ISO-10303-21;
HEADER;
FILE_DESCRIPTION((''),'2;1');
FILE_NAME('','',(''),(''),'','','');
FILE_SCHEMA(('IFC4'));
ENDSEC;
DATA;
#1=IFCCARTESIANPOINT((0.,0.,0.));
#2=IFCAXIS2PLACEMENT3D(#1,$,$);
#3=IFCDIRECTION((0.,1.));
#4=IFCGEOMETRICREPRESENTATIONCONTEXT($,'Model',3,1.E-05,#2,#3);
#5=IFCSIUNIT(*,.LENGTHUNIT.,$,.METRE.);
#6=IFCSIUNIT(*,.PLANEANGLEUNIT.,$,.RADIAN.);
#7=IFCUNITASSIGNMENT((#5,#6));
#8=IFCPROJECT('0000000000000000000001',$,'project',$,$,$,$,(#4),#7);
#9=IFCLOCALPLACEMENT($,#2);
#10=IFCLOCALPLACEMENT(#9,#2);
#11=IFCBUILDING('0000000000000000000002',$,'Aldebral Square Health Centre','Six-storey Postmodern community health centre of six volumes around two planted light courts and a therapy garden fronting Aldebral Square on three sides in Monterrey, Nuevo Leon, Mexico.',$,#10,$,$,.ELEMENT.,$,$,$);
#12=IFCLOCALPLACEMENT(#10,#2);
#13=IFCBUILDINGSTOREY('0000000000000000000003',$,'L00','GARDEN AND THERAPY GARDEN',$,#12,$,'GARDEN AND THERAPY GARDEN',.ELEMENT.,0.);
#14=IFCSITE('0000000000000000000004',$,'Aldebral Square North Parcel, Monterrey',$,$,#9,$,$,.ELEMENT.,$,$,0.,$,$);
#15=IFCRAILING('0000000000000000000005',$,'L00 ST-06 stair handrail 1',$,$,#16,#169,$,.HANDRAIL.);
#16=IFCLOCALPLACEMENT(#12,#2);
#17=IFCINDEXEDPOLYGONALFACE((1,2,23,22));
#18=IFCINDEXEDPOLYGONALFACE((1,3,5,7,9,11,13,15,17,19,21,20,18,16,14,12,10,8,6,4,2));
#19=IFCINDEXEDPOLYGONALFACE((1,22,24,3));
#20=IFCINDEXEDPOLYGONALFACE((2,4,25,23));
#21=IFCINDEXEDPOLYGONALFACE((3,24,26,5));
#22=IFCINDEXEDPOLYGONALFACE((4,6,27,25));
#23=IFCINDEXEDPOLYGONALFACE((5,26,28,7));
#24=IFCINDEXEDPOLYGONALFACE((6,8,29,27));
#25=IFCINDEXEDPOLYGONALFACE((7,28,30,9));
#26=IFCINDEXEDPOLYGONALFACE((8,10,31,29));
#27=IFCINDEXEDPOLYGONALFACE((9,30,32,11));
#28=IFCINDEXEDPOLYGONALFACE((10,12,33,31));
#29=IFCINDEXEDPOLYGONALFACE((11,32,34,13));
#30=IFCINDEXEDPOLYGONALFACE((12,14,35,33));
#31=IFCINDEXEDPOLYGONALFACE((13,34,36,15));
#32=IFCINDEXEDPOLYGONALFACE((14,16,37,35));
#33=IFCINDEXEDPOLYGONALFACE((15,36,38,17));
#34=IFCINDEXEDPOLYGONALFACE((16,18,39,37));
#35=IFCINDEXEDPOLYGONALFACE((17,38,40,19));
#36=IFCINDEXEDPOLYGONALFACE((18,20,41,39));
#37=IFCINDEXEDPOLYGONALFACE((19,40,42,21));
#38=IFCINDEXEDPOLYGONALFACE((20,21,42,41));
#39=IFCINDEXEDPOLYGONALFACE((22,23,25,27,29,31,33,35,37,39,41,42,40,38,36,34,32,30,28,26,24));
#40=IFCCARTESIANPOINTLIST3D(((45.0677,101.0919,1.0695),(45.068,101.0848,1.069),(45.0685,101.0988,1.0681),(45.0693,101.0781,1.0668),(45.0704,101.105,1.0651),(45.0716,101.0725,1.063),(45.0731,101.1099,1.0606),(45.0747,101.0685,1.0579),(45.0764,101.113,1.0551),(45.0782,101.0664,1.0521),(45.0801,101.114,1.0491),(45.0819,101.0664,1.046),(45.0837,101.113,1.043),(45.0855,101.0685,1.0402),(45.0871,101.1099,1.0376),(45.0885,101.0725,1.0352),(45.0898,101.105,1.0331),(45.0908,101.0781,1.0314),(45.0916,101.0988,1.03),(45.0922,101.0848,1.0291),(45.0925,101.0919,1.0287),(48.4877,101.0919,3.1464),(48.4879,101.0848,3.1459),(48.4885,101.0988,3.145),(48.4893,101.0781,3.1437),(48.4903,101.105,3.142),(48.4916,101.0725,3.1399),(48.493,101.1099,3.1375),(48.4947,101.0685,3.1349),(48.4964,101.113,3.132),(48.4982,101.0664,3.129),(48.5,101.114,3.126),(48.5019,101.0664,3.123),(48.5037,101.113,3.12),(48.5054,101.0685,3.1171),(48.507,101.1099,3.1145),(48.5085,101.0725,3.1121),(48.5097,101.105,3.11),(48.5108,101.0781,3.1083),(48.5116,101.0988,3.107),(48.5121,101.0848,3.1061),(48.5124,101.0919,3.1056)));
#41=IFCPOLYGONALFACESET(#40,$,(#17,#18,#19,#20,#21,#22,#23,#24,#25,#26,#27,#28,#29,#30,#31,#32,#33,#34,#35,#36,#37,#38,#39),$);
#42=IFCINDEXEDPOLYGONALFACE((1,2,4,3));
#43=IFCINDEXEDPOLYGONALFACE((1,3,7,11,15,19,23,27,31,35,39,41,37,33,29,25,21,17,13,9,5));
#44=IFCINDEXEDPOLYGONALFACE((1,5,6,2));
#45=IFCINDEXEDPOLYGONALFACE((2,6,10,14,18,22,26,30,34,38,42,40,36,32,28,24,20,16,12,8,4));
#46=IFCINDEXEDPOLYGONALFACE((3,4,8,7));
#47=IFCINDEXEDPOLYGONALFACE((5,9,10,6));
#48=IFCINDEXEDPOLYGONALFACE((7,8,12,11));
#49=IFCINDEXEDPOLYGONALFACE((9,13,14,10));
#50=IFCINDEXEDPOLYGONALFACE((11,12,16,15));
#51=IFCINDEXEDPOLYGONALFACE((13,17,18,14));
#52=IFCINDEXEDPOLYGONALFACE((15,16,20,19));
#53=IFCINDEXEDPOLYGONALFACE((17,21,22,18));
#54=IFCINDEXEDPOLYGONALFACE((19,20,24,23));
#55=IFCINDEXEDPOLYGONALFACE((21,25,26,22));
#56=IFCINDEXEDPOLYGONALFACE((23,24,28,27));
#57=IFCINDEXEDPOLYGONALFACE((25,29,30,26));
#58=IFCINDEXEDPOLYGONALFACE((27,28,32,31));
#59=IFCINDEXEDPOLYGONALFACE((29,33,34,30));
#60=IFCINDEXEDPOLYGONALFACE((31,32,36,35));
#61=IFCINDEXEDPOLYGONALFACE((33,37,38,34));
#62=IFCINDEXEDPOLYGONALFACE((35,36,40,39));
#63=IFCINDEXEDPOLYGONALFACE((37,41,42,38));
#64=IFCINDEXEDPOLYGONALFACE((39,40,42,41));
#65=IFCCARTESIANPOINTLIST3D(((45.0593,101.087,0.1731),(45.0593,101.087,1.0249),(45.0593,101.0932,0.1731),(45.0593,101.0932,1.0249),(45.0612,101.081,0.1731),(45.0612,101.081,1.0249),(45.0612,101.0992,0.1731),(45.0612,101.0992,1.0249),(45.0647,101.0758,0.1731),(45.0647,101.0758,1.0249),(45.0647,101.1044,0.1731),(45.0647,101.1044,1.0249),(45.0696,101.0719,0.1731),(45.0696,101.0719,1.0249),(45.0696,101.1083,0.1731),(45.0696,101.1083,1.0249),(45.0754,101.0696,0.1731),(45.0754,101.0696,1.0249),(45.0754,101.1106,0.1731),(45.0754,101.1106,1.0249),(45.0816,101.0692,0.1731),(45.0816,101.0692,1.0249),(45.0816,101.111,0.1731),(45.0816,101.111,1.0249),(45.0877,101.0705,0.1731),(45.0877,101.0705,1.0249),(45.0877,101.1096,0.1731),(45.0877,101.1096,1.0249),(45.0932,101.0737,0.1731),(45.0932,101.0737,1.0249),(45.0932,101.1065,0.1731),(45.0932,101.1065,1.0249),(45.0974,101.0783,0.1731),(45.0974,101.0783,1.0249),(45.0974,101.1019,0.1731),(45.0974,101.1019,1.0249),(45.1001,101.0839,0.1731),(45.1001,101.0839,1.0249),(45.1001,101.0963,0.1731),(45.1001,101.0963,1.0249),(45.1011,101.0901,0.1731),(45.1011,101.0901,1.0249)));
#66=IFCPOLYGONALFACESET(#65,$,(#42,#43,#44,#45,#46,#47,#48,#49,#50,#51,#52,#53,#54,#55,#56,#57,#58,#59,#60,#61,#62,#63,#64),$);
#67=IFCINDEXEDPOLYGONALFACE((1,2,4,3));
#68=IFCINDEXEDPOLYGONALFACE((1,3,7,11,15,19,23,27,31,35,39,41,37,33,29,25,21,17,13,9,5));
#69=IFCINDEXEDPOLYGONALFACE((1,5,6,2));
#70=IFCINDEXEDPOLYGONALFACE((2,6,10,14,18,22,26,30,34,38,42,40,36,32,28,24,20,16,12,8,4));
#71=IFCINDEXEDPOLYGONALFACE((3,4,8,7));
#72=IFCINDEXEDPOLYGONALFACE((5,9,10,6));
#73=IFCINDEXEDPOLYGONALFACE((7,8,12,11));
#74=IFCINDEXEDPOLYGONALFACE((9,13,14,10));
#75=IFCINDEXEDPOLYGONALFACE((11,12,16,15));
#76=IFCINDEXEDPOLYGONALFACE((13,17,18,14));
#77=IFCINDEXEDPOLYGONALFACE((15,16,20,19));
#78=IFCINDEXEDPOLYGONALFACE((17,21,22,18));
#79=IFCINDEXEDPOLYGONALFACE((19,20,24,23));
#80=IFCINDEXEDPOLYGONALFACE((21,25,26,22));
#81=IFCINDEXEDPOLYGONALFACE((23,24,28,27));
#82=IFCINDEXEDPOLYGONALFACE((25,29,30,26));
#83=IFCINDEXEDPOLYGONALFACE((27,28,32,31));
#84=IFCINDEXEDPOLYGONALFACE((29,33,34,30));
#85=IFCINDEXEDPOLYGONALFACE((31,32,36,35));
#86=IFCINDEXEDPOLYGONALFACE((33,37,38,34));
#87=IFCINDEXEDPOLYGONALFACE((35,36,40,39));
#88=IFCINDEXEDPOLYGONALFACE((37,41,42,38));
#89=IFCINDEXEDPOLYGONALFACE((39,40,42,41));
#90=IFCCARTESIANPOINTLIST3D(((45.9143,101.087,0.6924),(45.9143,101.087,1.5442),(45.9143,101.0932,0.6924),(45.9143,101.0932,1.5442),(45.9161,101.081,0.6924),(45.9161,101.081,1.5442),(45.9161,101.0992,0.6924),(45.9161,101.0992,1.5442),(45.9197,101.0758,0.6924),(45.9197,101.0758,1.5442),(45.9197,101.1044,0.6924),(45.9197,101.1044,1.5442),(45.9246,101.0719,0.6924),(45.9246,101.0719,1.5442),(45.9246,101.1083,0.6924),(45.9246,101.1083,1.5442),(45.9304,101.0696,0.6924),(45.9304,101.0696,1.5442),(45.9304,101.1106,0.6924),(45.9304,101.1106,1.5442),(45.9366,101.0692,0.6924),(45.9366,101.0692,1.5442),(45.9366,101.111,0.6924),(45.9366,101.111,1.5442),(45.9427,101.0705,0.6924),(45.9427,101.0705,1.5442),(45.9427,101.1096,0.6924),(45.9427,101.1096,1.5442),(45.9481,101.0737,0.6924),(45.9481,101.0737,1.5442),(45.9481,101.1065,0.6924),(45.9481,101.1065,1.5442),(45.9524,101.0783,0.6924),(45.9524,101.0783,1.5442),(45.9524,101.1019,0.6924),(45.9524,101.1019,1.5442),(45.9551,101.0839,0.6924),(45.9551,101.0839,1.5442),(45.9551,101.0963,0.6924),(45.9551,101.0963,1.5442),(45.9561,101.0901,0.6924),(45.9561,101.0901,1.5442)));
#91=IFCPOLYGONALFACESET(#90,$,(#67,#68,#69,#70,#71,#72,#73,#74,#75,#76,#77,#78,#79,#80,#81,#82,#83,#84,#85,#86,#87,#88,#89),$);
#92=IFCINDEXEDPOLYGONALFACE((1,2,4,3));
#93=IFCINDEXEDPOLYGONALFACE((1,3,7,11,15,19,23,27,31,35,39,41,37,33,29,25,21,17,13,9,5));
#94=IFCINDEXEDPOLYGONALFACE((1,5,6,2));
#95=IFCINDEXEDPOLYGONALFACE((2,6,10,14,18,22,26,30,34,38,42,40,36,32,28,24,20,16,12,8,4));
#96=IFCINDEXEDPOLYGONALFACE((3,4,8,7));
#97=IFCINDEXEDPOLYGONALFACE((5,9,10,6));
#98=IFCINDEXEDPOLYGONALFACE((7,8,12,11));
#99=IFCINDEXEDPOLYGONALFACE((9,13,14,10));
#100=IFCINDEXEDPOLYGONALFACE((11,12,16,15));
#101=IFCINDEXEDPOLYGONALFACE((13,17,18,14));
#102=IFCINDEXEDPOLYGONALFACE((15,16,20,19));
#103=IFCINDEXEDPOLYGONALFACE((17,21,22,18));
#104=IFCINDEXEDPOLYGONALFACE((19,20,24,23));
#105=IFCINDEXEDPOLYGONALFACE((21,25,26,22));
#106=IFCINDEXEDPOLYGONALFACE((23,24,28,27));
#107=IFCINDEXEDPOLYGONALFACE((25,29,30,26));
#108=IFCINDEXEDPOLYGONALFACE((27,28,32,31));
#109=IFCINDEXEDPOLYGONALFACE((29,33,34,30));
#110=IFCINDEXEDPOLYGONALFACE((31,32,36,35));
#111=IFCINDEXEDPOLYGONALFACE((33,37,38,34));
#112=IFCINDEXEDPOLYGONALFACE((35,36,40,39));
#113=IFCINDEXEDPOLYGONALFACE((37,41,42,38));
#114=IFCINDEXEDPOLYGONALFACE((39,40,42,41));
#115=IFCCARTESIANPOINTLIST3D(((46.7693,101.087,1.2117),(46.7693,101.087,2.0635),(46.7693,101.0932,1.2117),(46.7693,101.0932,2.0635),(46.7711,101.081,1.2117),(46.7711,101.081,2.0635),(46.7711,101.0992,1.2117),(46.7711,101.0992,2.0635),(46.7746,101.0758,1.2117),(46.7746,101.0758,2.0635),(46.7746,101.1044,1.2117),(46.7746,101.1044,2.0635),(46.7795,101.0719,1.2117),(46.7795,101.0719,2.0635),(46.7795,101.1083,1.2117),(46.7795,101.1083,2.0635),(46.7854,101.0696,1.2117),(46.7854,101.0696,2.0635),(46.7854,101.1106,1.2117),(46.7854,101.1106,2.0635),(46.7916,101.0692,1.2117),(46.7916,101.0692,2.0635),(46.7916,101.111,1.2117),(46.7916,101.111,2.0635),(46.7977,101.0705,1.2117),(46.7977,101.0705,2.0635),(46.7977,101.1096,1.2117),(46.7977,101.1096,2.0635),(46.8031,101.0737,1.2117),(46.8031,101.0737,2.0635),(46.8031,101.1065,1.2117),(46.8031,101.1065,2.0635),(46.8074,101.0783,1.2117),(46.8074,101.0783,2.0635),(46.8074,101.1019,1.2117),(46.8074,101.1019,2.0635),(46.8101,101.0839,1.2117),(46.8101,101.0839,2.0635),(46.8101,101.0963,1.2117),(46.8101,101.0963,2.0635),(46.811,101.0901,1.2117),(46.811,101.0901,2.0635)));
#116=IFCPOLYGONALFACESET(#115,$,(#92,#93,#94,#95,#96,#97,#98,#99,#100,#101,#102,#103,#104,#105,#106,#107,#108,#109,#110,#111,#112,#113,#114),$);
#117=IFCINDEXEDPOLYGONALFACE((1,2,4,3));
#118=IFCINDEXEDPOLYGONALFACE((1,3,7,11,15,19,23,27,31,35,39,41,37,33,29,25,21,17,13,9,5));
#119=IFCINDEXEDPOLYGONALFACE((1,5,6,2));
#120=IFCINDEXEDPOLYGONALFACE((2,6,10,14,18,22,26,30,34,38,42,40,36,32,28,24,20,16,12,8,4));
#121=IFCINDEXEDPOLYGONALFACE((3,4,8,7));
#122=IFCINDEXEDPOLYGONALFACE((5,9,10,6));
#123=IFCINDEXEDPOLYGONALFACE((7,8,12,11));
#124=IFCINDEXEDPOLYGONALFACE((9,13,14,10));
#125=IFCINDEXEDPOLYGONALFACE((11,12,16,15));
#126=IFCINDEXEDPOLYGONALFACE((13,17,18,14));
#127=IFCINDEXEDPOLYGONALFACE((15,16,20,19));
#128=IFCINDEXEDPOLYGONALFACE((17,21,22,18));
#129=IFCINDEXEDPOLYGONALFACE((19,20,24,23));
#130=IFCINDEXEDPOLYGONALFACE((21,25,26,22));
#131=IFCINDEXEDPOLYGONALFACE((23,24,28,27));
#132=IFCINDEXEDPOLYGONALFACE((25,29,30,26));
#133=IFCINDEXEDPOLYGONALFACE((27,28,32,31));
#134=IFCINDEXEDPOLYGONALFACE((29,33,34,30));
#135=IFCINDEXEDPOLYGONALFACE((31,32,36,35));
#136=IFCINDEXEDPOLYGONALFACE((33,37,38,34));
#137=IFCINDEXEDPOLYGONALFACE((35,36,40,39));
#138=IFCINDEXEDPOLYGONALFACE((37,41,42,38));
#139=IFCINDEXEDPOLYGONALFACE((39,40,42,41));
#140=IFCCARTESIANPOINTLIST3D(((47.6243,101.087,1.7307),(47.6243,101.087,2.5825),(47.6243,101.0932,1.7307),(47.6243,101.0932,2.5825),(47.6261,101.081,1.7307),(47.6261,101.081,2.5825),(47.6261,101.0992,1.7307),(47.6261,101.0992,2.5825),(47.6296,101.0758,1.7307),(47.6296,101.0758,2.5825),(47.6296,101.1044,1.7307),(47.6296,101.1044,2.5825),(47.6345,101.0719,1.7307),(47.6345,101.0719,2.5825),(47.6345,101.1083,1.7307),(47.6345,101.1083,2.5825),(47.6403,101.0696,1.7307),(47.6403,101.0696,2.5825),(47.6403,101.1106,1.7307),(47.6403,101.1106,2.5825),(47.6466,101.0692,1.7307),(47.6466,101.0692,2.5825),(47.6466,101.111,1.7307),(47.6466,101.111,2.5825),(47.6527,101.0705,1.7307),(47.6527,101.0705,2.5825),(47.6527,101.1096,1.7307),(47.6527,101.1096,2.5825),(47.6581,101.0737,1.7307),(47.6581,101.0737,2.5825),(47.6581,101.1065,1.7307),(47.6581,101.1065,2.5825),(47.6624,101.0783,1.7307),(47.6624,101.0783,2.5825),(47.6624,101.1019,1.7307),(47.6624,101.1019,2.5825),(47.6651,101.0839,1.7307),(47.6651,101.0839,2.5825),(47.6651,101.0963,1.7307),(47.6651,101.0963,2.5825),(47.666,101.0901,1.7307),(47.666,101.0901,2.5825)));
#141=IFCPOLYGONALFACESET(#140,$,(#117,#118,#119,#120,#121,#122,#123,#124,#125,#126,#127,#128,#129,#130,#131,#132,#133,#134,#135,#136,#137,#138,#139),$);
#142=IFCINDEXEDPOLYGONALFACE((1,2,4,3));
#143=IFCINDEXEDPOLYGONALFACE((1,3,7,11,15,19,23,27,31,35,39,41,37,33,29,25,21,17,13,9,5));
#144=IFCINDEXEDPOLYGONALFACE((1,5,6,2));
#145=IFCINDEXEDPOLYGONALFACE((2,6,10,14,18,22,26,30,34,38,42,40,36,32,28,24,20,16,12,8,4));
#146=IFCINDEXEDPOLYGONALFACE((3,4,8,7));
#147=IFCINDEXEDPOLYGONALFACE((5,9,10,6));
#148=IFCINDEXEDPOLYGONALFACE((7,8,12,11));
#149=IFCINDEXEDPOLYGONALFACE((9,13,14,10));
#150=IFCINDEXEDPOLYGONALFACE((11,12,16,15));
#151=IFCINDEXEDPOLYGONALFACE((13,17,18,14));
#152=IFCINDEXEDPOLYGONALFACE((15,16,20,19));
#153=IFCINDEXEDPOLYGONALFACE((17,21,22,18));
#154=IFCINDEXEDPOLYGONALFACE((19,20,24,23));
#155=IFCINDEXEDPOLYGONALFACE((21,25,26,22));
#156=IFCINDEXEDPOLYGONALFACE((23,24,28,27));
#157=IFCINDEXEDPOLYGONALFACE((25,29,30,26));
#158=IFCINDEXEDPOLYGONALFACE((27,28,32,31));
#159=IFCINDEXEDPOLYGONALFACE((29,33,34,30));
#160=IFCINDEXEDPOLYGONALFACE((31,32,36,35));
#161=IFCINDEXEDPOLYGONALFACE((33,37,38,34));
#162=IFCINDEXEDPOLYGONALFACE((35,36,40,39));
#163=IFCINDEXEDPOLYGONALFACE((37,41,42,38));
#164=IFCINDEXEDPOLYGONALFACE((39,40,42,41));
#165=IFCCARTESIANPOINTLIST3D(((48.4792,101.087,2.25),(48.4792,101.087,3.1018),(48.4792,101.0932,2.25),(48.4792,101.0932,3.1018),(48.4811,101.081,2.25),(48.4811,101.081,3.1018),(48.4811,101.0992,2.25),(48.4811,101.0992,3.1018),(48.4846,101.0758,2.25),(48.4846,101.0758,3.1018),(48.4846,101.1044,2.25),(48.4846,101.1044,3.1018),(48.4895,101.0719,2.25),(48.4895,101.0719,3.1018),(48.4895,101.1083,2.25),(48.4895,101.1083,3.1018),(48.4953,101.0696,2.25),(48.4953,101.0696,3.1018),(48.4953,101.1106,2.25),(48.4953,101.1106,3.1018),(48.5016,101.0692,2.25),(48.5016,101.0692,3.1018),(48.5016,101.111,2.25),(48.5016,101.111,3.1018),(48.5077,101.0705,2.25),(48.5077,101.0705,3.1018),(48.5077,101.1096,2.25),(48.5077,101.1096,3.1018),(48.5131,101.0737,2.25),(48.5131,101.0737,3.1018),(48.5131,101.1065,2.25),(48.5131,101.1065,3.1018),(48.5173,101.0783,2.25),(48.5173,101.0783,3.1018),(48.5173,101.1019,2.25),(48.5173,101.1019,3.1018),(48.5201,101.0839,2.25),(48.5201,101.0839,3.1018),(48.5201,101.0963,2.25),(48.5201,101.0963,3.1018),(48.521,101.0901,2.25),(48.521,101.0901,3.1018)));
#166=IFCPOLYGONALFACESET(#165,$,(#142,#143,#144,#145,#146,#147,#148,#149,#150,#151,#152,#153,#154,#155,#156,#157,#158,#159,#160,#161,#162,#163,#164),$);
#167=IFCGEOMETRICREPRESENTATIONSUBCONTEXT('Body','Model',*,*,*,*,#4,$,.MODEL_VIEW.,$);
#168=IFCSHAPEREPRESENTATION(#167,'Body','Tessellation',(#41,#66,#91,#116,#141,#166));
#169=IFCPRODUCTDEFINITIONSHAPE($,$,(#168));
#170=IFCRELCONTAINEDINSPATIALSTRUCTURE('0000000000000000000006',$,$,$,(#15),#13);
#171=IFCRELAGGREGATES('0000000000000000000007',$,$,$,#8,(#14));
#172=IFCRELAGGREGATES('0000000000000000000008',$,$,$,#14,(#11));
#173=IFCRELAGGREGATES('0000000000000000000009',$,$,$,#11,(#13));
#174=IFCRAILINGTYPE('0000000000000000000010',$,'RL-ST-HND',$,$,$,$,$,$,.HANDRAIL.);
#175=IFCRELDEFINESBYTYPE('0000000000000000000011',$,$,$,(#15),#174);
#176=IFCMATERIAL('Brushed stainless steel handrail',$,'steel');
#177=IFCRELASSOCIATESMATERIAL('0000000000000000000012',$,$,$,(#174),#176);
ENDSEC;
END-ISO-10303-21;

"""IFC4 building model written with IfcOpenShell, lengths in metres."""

from ifc_helpers import new_model, si_unit, direction, frame, origin, origin_2d, place, context, subcontext, project, spatial, circle, extrude, material, type_object, element, save


model = new_model("IFC4")

# Units and contexts
model_context = context("Model", 3, precision=1e-05, world=origin(), true_north=direction((0.0, 1.0)))
body_context = subcontext(model_context, "Body", "Model", "MODEL_VIEW")
ifc_project = project(units=[si_unit("LENGTHUNIT", "METRE"), si_unit("PLANEANGLEUNIT", "RADIAN")], contexts=[model_context])

# Site, building, storey
site_placement = place(None, origin())
site = spatial("IfcSite", under=ifc_project, at=site_placement, Name="Aldebral Square North Parcel, Monterrey", CompositionType="ELEMENT", RefElevation=0.0)
building_placement = place(site_placement, origin())
building = spatial("IfcBuilding", under=site, at=building_placement, Name="Aldebral Square Health Centre", Description="Six-storey Postmodern community health centre of six volumes around two planted light courts and a therapy garden fronting Aldebral Square on three sides in Monterrey, Nuevo Leon, Mexico.", CompositionType="ELEMENT")
storey_placement = place(building_placement, origin())
storey = spatial("IfcBuildingStorey", under=building, at=storey_placement, Name="L00", Description="GARDEN AND THERAPY GARDEN", LongName="GARDEN AND THERAPY GARDEN", CompositionType="ELEMENT", Elevation=0.0)

# Railing
ifc_material_1 = material(Name="Brushed stainless steel handrail", Category="steel")
railing_type_1 = type_object("IfcRailingType", Name="RL-ST-HND", PredefinedType="HANDRAIL", material=ifc_material_1)
railing_1_placement = place(storey_placement, frame((45.0801, 101.0901, 0.1731)))
element("IfcRailing", 1, at=railing_1_placement, inside=storey, type_object=railing_type_1, Name="L00 ST-06 stair handrail 1", PredefinedType="HANDRAIL", context=body_context, shape_type="SweptSolid", body=[
    extrude(circle(Radius=0.0239, at=origin_2d()), frame((0.0, 0.0, 0.876), z_axis=(0.85473, 0.0, 0.519074), x_axis=(0.0, 1.0, 0.0)), (0.0, 0.0, 1.0), 4.0012),
    extrude(circle(Radius=0.021, at=origin_2d()), origin(), (0.0, 0.0, 1.0), 0.8518),
    extrude(circle(Radius=0.021, at=origin_2d()), frame((0.855, 0.0, 0.5193)), (0.0, 0.0, 1.0), 0.8518),
    extrude(circle(Radius=0.021, at=origin_2d()), frame((1.71, 0.0, 1.0386)), (0.0, 0.0, 1.0), 0.8518),
    extrude(circle(Radius=0.021, at=origin_2d()), frame((2.5649, 0.0, 1.5576)), (0.0, 0.0, 1.0), 0.8518),
    extrude(circle(Radius=0.021, at=origin_2d()), frame((3.4199, 0.0, 2.0769)), (0.0, 0.0, 1.0), 0.8518),
])

save(model, "model.ifc")
